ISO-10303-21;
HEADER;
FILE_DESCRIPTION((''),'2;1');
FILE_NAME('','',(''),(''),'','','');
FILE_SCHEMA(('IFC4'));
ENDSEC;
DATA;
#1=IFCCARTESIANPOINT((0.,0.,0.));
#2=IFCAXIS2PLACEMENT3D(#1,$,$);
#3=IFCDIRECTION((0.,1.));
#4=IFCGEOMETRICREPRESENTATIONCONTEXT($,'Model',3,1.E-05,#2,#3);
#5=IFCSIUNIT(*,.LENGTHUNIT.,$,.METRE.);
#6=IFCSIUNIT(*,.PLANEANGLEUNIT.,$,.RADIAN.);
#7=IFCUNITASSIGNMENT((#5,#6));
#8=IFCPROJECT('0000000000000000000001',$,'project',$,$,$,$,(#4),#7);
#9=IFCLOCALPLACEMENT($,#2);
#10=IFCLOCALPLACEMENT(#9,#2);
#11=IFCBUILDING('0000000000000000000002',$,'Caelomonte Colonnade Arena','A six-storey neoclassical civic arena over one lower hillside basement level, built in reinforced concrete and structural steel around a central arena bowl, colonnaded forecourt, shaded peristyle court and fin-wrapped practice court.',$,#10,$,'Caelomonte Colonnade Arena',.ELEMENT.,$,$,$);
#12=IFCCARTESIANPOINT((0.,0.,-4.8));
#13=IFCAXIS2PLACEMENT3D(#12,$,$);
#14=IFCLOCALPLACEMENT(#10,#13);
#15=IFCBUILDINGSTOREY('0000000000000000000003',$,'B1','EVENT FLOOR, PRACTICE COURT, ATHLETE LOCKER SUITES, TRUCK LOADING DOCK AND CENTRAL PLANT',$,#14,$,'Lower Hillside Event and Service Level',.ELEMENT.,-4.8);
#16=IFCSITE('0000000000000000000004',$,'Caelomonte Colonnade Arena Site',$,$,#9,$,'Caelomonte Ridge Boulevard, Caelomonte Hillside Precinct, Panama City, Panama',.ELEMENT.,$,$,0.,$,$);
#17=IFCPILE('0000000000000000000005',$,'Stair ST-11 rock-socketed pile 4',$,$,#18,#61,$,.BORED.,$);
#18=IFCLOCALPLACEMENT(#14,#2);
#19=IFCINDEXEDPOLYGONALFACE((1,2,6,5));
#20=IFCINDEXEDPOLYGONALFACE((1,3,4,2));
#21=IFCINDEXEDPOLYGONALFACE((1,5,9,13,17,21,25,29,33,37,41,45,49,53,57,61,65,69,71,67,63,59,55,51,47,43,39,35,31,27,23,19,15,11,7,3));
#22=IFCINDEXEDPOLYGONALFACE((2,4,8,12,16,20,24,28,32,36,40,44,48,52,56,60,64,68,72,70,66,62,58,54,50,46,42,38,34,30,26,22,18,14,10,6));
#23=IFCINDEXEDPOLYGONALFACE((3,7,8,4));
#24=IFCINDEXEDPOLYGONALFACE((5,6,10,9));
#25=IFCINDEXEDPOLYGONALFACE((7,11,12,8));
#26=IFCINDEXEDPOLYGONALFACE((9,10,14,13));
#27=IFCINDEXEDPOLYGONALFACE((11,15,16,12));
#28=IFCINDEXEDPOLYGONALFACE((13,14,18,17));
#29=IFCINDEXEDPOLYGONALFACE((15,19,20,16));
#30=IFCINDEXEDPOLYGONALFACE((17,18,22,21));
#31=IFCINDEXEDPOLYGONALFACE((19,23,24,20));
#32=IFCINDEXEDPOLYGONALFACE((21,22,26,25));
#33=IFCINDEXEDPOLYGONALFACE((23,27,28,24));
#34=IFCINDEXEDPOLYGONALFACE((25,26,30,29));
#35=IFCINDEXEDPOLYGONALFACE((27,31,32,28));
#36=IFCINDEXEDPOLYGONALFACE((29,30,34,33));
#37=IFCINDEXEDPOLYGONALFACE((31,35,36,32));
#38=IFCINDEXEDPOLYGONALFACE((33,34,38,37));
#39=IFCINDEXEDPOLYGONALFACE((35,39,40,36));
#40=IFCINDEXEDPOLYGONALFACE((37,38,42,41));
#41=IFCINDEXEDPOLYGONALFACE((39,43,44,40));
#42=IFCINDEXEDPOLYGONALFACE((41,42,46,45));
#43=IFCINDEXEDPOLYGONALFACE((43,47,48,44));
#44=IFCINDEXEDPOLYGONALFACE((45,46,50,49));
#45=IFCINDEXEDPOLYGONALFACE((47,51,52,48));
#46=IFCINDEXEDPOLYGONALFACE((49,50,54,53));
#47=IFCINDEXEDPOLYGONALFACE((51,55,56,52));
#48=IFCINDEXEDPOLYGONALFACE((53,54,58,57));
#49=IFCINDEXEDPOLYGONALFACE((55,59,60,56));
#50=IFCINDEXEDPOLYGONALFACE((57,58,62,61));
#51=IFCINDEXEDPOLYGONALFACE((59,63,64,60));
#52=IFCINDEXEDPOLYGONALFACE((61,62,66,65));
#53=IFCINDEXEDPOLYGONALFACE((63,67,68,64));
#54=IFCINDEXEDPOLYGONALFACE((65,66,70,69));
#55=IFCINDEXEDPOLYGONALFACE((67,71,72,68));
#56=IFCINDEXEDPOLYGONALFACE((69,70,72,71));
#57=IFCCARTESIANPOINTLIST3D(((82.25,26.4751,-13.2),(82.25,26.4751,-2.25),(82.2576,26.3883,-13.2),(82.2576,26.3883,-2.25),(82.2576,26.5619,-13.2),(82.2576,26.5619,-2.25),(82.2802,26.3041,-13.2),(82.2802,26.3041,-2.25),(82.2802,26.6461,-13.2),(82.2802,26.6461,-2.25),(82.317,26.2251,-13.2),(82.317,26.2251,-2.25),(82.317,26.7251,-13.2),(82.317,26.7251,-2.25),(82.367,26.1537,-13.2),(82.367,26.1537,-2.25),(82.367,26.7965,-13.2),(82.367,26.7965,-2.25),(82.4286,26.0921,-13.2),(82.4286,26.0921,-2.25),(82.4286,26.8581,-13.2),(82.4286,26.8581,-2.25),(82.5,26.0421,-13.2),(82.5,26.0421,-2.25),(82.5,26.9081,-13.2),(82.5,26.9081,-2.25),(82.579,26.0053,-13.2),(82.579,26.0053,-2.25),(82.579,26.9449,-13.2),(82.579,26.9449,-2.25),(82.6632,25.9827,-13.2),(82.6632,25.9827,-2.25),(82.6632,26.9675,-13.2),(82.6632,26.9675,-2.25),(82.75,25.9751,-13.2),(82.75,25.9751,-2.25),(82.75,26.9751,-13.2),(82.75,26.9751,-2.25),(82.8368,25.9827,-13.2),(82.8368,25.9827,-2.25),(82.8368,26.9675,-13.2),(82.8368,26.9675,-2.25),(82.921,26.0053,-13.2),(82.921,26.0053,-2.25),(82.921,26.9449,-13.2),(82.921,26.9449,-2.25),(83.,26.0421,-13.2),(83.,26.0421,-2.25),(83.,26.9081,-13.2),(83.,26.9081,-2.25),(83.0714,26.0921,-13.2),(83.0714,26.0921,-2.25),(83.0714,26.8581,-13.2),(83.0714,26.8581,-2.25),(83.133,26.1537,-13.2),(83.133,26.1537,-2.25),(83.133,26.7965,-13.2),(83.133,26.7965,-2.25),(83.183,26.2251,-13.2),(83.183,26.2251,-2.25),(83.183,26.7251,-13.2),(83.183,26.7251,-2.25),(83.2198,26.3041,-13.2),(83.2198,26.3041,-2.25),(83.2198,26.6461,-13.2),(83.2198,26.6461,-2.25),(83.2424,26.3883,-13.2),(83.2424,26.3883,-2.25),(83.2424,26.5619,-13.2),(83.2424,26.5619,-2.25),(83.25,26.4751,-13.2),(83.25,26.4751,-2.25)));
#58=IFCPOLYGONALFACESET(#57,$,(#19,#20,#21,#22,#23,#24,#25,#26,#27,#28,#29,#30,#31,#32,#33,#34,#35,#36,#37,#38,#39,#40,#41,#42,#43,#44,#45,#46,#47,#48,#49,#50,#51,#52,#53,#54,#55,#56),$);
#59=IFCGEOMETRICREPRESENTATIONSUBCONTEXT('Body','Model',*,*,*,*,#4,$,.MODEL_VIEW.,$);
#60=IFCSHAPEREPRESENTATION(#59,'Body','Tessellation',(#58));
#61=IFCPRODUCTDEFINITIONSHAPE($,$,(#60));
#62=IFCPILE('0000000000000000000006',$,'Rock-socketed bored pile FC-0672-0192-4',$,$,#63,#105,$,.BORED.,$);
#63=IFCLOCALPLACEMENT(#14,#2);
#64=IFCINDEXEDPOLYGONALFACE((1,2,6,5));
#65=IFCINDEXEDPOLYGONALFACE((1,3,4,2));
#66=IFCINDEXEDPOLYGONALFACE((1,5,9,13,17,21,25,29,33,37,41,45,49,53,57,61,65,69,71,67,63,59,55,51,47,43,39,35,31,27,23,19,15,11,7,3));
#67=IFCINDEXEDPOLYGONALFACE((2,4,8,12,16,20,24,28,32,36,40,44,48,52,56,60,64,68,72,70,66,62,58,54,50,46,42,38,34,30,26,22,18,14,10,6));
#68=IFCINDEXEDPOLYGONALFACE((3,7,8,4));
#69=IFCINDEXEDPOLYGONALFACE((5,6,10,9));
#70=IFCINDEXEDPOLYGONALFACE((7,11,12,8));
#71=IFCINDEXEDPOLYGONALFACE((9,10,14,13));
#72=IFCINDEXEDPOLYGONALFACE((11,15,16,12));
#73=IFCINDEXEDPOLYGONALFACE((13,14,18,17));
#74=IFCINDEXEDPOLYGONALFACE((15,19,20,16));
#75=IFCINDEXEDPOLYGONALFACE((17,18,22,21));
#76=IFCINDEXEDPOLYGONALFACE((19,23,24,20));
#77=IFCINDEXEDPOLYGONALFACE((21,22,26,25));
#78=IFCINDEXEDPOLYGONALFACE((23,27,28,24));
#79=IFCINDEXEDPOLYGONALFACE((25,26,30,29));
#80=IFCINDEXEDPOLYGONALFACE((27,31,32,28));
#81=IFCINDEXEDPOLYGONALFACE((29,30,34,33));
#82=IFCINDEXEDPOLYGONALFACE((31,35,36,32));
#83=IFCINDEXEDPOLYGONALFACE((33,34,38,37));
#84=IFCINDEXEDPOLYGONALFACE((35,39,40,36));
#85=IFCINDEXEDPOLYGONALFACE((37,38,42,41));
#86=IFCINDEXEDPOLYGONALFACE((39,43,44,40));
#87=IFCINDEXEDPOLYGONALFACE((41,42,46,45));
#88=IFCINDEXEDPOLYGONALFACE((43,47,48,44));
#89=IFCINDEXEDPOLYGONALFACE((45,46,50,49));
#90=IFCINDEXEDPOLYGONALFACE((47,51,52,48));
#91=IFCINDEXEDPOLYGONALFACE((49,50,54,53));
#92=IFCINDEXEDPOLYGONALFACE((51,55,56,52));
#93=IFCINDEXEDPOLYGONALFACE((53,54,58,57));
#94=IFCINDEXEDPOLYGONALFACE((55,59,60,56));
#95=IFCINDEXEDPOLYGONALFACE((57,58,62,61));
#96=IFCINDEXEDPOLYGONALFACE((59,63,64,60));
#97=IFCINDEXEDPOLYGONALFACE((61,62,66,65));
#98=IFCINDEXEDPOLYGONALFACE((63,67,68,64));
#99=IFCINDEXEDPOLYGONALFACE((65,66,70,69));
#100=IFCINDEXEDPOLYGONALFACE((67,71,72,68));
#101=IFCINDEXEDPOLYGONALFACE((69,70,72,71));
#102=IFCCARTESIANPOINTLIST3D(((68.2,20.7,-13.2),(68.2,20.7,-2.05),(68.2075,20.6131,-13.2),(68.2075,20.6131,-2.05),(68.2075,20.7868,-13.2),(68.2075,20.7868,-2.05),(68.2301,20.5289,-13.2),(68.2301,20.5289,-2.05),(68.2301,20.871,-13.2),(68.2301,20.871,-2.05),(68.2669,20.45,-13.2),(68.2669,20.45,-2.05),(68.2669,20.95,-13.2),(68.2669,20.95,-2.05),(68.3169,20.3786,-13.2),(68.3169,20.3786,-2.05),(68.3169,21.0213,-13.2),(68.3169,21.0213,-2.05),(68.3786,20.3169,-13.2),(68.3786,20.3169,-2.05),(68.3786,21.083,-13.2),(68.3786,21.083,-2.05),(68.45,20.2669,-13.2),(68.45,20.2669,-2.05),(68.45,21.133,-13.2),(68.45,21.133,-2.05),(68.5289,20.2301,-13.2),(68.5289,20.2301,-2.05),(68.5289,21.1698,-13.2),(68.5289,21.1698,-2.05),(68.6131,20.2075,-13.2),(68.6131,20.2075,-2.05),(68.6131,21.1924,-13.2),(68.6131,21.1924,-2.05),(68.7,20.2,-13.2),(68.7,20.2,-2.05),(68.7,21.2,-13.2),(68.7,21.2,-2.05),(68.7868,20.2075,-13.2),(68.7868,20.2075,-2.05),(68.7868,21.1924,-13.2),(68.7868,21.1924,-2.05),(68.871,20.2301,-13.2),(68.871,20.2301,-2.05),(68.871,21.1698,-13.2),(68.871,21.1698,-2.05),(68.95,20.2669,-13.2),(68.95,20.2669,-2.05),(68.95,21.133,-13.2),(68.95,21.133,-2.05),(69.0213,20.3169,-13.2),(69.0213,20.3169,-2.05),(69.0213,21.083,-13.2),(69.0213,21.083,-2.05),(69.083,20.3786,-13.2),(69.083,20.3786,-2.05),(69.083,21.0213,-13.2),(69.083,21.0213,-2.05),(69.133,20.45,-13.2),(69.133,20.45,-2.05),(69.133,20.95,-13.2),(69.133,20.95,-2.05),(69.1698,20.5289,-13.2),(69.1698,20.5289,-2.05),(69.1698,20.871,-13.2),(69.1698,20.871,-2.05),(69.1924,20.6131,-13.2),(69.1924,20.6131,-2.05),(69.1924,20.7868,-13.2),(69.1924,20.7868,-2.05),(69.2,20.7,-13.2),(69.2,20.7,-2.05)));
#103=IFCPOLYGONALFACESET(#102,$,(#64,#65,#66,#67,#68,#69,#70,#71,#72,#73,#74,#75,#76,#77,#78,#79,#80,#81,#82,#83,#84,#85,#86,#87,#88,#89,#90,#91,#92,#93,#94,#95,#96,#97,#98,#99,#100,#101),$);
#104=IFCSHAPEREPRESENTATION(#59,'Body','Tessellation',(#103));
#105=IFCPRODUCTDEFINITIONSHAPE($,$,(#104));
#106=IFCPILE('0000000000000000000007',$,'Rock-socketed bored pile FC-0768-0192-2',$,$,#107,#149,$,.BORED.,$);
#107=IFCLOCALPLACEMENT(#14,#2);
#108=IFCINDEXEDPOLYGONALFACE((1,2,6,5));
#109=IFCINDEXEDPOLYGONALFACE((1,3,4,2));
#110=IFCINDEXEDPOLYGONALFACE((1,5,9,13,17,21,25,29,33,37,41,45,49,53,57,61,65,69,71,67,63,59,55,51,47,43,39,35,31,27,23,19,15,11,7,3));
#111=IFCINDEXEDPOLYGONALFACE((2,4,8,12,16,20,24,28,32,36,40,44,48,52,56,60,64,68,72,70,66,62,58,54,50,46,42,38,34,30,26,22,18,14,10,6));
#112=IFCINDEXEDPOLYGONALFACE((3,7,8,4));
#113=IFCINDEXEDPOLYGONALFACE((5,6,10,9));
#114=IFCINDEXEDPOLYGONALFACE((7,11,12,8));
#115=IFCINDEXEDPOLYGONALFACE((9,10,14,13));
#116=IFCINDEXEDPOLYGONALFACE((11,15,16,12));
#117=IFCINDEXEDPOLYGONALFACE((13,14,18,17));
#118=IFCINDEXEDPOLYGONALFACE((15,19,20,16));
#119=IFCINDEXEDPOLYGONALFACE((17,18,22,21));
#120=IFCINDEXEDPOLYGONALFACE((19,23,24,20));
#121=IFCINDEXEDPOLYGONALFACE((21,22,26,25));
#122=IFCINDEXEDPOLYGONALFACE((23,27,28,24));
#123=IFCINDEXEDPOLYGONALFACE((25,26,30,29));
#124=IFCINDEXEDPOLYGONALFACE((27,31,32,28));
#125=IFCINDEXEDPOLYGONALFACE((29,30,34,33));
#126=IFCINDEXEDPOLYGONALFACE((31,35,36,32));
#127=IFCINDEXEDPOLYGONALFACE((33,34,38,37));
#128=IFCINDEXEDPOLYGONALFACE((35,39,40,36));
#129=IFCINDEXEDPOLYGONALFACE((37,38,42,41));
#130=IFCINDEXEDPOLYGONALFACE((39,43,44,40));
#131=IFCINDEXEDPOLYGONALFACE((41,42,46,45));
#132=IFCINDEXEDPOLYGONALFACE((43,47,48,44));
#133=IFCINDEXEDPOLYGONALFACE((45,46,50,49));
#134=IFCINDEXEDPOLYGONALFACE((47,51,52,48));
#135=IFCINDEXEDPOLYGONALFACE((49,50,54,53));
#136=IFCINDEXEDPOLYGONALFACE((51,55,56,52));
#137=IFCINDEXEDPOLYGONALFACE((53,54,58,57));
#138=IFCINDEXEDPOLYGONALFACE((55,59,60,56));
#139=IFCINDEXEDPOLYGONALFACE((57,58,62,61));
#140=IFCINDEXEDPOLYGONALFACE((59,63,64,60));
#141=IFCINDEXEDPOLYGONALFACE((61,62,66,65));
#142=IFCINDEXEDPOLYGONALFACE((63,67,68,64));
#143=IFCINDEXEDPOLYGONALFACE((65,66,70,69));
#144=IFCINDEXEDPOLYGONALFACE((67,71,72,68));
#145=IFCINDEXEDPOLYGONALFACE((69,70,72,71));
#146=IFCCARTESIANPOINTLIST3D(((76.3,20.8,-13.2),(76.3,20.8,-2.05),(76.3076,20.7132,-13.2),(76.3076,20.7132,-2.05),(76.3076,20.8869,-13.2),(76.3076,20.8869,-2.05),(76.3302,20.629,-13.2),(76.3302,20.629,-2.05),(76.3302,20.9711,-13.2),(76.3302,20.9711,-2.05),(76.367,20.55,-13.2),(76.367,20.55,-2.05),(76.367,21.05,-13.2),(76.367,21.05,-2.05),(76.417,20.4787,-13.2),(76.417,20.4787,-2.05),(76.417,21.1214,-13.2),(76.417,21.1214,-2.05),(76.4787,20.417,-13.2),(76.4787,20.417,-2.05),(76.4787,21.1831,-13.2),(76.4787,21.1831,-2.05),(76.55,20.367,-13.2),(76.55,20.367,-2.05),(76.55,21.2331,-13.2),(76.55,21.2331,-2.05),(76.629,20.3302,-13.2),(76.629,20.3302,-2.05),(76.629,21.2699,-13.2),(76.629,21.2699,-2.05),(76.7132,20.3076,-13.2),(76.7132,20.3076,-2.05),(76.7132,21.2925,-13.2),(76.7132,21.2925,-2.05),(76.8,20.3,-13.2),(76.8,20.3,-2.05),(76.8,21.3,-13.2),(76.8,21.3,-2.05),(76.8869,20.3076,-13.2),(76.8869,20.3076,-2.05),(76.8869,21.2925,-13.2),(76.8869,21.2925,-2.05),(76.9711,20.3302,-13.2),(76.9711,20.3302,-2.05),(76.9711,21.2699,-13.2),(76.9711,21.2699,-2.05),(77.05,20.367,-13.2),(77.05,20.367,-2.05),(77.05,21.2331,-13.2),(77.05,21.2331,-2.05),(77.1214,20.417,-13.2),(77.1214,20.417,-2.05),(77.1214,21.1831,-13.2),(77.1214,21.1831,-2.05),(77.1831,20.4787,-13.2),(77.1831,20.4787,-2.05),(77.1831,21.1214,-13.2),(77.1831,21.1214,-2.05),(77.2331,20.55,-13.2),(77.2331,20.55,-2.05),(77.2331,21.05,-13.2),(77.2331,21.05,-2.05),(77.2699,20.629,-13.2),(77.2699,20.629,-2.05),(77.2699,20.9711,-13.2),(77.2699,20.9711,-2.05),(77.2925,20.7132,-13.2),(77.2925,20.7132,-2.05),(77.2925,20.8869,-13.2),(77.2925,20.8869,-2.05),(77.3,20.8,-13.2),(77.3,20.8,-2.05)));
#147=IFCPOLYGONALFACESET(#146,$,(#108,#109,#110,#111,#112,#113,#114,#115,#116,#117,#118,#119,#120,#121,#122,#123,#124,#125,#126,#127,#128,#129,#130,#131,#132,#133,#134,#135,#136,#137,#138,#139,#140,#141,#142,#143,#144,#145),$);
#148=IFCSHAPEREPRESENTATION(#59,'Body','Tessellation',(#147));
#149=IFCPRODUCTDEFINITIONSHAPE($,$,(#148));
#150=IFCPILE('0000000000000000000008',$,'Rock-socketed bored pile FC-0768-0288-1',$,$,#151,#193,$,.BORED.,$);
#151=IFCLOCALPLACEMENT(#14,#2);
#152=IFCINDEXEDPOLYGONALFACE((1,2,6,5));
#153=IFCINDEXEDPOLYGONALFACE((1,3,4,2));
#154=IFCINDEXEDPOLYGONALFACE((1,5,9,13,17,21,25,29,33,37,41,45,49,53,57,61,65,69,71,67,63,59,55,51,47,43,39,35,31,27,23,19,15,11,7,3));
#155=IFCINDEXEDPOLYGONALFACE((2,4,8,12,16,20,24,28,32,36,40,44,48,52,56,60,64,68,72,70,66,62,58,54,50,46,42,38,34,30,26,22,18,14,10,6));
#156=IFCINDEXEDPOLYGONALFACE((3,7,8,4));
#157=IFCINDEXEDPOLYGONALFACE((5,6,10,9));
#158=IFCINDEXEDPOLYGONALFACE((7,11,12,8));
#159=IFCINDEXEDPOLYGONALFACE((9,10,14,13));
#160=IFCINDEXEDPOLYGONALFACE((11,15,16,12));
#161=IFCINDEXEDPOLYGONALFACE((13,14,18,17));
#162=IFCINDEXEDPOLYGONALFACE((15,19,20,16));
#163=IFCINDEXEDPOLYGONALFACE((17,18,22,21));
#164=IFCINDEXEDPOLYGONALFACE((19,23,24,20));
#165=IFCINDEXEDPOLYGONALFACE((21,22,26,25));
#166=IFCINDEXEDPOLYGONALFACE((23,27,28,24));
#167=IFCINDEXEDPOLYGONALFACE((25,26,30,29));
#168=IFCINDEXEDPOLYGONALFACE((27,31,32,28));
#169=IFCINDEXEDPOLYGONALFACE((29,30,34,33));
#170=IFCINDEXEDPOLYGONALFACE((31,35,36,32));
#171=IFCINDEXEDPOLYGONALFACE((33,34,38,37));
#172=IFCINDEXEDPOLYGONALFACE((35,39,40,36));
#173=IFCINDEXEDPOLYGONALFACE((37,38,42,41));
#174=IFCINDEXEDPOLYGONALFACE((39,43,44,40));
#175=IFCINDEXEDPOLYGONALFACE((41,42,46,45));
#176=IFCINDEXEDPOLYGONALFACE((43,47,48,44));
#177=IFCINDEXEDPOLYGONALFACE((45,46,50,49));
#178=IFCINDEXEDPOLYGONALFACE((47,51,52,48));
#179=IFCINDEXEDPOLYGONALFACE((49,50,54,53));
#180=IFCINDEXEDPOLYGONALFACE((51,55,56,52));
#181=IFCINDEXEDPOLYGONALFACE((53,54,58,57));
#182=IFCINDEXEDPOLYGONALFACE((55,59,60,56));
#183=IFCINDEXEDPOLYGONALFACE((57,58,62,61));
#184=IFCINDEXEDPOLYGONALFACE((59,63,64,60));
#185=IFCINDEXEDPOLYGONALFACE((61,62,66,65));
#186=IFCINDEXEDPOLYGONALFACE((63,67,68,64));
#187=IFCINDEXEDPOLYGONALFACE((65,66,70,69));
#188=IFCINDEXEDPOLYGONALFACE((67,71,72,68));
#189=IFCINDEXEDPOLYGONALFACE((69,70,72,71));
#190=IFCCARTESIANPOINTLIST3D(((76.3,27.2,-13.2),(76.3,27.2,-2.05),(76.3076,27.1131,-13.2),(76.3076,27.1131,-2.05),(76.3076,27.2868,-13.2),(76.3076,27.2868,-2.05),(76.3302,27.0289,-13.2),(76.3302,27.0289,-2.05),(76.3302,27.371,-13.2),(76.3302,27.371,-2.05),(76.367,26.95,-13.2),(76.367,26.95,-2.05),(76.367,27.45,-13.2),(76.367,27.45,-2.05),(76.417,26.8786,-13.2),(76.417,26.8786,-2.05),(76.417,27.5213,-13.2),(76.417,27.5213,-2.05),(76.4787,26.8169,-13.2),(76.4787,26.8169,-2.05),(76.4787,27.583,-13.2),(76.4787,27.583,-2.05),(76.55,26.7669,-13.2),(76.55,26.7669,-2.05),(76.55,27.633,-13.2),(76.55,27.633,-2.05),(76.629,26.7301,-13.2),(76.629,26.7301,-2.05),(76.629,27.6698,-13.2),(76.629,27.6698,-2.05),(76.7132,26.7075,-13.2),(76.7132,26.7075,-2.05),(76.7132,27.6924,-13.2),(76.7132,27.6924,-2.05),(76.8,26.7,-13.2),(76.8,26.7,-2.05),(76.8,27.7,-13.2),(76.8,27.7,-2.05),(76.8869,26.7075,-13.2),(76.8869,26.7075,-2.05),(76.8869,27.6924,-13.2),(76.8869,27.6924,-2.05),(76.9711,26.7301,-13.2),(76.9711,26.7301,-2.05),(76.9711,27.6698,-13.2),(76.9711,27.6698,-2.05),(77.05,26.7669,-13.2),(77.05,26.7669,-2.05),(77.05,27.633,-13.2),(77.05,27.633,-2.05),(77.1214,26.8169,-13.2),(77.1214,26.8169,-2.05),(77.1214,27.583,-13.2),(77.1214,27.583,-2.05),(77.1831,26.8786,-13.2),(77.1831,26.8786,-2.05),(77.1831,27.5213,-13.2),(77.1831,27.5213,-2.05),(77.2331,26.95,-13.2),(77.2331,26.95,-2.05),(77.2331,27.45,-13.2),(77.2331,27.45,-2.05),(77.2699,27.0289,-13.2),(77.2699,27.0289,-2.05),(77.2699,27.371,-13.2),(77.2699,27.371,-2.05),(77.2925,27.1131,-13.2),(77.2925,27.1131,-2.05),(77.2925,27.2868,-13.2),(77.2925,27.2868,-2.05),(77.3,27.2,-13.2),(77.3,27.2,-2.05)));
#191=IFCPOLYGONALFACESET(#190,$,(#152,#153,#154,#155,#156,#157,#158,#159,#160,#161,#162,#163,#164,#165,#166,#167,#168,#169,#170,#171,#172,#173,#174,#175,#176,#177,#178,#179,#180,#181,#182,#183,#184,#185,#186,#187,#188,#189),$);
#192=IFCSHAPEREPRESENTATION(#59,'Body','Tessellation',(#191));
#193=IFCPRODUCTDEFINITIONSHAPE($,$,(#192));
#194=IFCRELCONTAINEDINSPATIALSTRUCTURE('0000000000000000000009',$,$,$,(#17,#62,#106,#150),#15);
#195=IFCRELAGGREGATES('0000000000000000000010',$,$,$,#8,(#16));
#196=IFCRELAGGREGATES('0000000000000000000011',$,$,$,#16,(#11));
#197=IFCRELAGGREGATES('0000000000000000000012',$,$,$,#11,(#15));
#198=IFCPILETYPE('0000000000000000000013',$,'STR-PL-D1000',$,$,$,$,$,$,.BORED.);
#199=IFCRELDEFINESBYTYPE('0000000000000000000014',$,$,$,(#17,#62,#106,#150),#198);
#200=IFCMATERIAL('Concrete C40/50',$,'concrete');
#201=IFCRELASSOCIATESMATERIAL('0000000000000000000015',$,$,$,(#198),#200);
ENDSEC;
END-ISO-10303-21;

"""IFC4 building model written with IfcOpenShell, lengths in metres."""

from ifc_helpers import new_model, si_unit, direction, frame, origin, origin_2d, place, context, subcontext, project, spatial, circle, extrude, material, material_profile, profile_set, type_object, element, save


model = new_model("IFC4")

# Units and contexts
model_context = context("Model", 3, precision=1e-05, world=origin(), true_north=direction((0.0, 1.0)))
body_context = subcontext(model_context, "Body", "Model", "MODEL_VIEW")
ifc_project = project(units=[si_unit("LENGTHUNIT", "METRE"), si_unit("PLANEANGLEUNIT", "RADIAN")], contexts=[model_context])

# Site, building, storey
site_placement = place(None, origin())
site = spatial("IfcSite", under=ifc_project, at=site_placement, Name="Caelomonte Colonnade Arena Site", LongName="Caelomonte Ridge Boulevard, Caelomonte Hillside Precinct, Panama City, Panama", CompositionType="ELEMENT", RefElevation=0.0)
building_placement = place(site_placement, origin())
building = spatial("IfcBuilding", under=site, at=building_placement, Name="Caelomonte Colonnade Arena", Description="A six-storey neoclassical civic arena over one lower hillside basement level, built in reinforced concrete and structural steel around a central arena bowl, colonnaded forecourt, shaded peristyle court and fin-wrapped practice court.", LongName="Caelomonte Colonnade Arena", CompositionType="ELEMENT")
storey_placement = place(building_placement, frame((0.0, 0.0, -4.8)))
storey = spatial("IfcBuildingStorey", under=building, at=storey_placement, Name="B1", Description="EVENT FLOOR, PRACTICE COURT, ATHLETE LOCKER SUITES, TRUCK LOADING DOCK AND CENTRAL PLANT", LongName="Lower Hillside Event and Service Level", CompositionType="ELEMENT", Elevation=-4.8)

# Shared definitions
ifc_material_1 = material(Name="Concrete C40/50", Category="concrete")

# Piles
ifc_material_profile_1 = material_profile(ifc_material_1, circle(Radius=0.5, at=origin_2d()), Name="PILE-D1000")
ifc_profile_set_1 = profile_set([ifc_material_profile_1], Name="Concrete C40/50")
pile_type_1 = type_object("IfcPileType", Name="STR-PL-D1000", PredefinedType="BORED", material=ifc_profile_set_1)
for number, where, z_axis, x_axis, name in (
    (1, (82.75, 26.4751, -2.25), (0.0, 0.0, -1.0), (1.0, 0.0, 0.0), "Stair ST-11 rock-socketed pile 4"),
):
    element("IfcPile", number, at=place(storey_placement, frame(where, z_axis=z_axis, x_axis=x_axis)), inside=storey, type_object=pile_type_1, Name=name, PredefinedType="BORED", context=body_context, shape_type="SweptSolid", body=[
        extrude(circle(Radius=0.5, at=origin_2d()), origin(), (0.0, 0.0, 1.0), 10.95),
    ])
for number, where, z_axis, x_axis, name in (
    (2, (68.7, 20.7, -2.05), (0.0, 0.0, -1.0), (1.0, 0.0, 0.0), "Rock-socketed bored pile FC-0672-0192-4"),
    (3, (76.8, 20.8, -2.05), (0.0, 0.0, -1.0), (1.0, 0.0, 0.0), "Rock-socketed bored pile FC-0768-0192-2"),
    (4, (76.8, 27.2, -2.05), (0.0, 0.0, -1.0), (1.0, 0.0, 0.0), "Rock-socketed bored pile FC-0768-0288-1"),
):
    element("IfcPile", number, at=place(storey_placement, frame(where, z_axis=z_axis, x_axis=x_axis)), inside=storey, type_object=pile_type_1, Name=name, PredefinedType="BORED", context=body_context, shape_type="SweptSolid", body=[
        extrude(circle(Radius=0.5, at=origin_2d()), origin(), (0.0, 0.0, 1.0), 11.1499),
    ])

save(model, "model.ifc")
